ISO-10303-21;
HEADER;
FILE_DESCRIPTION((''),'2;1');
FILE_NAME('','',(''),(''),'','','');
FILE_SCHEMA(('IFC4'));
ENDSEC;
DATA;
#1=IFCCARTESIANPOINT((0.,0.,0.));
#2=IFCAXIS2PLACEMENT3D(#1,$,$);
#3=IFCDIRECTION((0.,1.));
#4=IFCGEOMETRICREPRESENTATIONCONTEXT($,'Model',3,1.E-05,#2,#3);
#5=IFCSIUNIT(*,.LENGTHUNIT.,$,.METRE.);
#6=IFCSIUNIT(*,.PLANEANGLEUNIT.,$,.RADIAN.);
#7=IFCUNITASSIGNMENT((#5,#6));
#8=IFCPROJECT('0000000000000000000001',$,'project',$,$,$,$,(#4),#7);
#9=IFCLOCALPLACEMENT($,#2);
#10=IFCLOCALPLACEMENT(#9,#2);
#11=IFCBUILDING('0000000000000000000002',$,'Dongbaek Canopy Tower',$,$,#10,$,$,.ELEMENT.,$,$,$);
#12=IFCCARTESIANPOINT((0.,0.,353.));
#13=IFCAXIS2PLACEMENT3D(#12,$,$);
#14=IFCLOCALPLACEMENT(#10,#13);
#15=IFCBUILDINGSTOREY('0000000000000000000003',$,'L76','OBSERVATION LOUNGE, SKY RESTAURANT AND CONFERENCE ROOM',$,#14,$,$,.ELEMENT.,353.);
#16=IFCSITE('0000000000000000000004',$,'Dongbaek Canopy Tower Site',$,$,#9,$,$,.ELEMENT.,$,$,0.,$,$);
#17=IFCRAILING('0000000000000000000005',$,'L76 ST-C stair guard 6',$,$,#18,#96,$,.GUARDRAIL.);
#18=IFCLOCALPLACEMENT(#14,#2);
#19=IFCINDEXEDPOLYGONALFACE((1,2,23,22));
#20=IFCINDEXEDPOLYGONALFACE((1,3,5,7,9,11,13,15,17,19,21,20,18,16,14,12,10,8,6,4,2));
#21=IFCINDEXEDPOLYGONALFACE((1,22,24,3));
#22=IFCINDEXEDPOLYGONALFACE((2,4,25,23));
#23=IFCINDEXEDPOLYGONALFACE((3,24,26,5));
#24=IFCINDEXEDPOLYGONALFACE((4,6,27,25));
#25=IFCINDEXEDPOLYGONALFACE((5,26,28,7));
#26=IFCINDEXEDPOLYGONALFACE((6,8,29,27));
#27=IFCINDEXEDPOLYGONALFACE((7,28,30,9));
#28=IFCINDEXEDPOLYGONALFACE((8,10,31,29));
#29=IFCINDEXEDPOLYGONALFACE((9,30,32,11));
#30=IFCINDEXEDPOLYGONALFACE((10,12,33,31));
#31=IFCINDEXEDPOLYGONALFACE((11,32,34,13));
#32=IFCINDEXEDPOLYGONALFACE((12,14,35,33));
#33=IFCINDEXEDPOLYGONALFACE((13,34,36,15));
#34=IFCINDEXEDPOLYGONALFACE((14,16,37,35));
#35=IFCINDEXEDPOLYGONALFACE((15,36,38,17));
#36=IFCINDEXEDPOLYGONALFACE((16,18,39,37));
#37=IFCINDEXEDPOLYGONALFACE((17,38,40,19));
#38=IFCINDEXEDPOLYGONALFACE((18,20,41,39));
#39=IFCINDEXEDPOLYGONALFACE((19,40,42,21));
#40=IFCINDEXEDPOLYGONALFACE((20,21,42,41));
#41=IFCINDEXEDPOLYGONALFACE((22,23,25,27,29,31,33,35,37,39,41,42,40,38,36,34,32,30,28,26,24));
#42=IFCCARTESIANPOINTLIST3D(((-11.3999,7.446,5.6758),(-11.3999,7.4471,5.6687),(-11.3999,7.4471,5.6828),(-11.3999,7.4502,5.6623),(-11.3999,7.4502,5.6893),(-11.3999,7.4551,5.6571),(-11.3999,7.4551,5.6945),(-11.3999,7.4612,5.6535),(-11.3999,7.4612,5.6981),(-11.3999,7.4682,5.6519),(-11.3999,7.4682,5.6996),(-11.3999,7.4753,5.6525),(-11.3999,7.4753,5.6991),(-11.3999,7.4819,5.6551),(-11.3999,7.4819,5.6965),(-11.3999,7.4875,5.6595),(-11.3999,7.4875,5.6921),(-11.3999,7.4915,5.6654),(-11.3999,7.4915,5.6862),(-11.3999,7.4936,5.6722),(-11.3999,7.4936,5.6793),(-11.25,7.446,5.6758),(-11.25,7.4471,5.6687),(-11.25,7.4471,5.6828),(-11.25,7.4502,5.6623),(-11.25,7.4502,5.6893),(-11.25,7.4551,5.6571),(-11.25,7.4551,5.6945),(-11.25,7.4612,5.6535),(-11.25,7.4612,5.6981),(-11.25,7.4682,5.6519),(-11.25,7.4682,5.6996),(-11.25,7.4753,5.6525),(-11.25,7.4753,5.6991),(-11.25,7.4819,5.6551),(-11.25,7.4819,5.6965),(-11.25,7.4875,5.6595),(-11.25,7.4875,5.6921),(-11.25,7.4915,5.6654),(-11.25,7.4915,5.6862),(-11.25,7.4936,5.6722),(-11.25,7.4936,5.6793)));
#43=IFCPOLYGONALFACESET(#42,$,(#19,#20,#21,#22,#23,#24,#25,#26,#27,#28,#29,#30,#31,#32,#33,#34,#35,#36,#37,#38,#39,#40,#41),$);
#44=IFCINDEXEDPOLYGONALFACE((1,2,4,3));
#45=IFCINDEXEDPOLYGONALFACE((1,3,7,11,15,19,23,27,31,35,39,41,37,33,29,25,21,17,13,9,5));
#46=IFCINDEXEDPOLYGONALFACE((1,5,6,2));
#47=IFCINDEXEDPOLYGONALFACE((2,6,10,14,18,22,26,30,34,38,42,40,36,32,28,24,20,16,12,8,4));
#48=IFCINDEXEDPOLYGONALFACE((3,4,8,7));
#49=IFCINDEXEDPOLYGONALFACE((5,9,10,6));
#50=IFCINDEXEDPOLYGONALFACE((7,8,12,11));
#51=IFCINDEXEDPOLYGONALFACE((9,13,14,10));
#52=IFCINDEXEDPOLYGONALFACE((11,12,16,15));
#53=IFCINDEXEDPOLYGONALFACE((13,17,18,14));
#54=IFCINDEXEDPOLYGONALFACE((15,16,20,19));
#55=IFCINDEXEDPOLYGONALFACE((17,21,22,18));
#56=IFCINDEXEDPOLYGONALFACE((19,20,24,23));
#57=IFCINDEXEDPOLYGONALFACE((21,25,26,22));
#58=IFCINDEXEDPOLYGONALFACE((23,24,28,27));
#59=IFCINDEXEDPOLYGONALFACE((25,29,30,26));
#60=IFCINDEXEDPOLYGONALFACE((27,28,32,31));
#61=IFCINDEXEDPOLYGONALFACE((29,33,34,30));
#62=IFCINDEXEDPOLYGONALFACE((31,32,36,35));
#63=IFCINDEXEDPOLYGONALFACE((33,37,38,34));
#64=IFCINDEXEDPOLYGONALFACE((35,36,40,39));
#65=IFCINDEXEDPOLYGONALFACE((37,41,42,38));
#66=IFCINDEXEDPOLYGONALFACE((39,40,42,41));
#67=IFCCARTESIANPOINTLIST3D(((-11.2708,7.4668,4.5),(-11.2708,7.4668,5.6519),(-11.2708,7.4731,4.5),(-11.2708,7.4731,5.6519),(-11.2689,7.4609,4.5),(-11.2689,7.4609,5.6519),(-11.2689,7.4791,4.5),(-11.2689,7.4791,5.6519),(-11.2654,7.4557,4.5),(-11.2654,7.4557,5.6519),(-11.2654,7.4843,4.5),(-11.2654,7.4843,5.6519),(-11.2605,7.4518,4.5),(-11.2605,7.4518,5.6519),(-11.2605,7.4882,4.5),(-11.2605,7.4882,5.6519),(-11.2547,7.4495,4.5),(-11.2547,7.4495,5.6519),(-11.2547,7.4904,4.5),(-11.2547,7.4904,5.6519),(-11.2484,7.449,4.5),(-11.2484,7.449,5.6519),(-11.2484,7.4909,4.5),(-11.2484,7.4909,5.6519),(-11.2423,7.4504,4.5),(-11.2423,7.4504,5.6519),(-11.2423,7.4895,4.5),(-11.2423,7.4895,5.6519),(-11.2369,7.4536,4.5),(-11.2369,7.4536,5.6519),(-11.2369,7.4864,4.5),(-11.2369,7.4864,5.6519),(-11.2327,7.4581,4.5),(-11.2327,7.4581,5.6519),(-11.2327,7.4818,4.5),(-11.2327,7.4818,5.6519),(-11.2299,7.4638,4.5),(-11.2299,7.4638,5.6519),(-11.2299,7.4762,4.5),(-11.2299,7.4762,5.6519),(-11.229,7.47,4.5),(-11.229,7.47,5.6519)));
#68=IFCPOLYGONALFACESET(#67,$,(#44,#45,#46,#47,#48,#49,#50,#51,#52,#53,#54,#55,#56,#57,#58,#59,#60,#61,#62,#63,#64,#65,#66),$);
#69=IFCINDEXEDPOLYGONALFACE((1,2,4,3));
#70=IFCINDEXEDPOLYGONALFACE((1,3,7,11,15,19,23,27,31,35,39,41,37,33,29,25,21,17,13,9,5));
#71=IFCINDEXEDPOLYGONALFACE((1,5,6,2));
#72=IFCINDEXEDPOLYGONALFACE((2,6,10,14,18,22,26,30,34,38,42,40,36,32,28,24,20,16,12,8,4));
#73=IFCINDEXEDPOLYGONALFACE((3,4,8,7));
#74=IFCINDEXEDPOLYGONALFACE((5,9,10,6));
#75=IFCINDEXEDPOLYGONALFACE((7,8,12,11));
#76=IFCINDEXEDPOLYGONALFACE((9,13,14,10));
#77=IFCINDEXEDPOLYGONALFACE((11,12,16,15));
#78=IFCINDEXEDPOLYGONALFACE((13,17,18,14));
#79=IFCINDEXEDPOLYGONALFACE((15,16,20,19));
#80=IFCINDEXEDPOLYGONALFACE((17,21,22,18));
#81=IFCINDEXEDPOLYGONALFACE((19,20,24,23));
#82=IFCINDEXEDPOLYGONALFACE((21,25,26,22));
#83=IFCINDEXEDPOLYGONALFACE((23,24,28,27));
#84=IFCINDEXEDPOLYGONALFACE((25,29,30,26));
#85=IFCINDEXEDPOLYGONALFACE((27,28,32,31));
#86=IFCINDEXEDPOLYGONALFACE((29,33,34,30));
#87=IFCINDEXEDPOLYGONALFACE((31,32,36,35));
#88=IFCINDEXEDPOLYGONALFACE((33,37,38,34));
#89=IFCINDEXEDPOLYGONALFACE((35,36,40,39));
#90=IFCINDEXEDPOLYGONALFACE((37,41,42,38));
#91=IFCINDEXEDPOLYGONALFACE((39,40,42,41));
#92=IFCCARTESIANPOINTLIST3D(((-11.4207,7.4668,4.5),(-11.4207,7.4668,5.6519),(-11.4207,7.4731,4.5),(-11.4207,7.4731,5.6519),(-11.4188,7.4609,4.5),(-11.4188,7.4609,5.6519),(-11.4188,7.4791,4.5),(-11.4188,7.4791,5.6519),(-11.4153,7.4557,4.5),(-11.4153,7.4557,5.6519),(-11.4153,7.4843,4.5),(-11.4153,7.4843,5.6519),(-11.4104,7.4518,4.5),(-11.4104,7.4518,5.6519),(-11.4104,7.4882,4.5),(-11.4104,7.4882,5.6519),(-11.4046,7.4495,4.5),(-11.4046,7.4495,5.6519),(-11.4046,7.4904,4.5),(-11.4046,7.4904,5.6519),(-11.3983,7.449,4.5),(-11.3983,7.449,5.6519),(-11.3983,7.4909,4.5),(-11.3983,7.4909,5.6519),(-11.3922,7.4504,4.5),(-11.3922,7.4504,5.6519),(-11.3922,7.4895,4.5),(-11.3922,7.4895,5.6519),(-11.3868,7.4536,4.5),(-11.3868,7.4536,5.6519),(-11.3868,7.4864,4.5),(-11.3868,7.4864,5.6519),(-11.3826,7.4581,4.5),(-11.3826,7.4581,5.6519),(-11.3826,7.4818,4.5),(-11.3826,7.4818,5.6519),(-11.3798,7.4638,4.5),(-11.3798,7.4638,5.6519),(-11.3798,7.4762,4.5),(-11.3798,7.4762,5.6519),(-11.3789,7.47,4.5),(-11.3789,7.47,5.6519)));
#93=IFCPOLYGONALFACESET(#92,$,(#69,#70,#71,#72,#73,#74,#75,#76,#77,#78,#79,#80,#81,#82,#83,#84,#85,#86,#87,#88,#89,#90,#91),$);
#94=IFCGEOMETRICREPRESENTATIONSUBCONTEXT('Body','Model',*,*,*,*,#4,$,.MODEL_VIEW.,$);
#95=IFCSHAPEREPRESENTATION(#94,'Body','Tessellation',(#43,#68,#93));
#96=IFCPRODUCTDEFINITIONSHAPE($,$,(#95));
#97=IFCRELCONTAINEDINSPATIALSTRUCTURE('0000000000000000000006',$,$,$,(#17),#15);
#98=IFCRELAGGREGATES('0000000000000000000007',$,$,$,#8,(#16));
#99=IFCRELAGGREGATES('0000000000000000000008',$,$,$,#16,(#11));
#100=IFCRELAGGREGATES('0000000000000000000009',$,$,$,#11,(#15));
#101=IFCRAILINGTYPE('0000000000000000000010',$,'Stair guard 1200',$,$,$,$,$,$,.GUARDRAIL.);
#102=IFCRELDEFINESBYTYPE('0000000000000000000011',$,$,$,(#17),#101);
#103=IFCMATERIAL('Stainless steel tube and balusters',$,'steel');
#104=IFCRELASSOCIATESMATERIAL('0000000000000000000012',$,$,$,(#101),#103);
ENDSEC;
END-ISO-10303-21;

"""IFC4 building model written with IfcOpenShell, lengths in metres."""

from ifc_helpers import new_model, si_unit, direction, frame, origin, origin_2d, place, context, subcontext, project, spatial, circle, extrude, material, type_object, element, save


model = new_model("IFC4")

# Units and contexts
model_context = context("Model", 3, precision=1e-05, world=origin(), true_north=direction((0.0, 1.0)))
body_context = subcontext(model_context, "Body", "Model", "MODEL_VIEW")
ifc_project = project(units=[si_unit("LENGTHUNIT", "METRE"), si_unit("PLANEANGLEUNIT", "RADIAN")], contexts=[model_context])

# Site, building, storey
site_placement = place(None, origin())
site = spatial("IfcSite", under=ifc_project, at=site_placement, Name="Dongbaek Canopy Tower Site", CompositionType="ELEMENT", RefElevation=0.0)
building_placement = place(site_placement, origin())
building = spatial("IfcBuilding", under=site, at=building_placement, Name="Dongbaek Canopy Tower", CompositionType="ELEMENT")
storey_placement = place(building_placement, frame((0.0, 0.0, 353.0)))
storey = spatial("IfcBuildingStorey", under=building, at=storey_placement, Name="L76", Description="OBSERVATION LOUNGE, SKY RESTAURANT AND CONFERENCE ROOM", CompositionType="ELEMENT", Elevation=353.0)

# Railing
ifc_material_1 = material(Name="Stainless steel tube and balusters", Category="steel")
railing_type = type_object("IfcRailingType", Name="Stair guard 1200", PredefinedType="GUARDRAIL", material=ifc_material_1)
railing_1_placement = place(storey_placement, frame((-11.25, 7.47, 4.5)))
element("IfcRailing", 1, at=railing_1_placement, inside=storey, type_object=railing_type, Name="L76 ST-C stair guard 6", PredefinedType="GUARDRAIL", context=body_context, shape_type="SweptSolid", body=[
    extrude(circle(Radius=0.0239, at=origin_2d()), frame((0.0, 0.0, 1.1758), z_axis=(-1.0, 0.0, 0.0), x_axis=(0.0, -1.0, 0.0)), (0.0, 0.0, 1.0), 0.1499),
    extrude(circle(Radius=0.021, at=origin_2d()), origin(), (0.0, 0.0, 1.0), 1.1519),
    extrude(circle(Radius=0.021, at=origin_2d()), frame((-0.1499, 0.0, 0.0)), (0.0, 0.0, 1.0), 1.1519),
])

save(model, "model.ifc")
